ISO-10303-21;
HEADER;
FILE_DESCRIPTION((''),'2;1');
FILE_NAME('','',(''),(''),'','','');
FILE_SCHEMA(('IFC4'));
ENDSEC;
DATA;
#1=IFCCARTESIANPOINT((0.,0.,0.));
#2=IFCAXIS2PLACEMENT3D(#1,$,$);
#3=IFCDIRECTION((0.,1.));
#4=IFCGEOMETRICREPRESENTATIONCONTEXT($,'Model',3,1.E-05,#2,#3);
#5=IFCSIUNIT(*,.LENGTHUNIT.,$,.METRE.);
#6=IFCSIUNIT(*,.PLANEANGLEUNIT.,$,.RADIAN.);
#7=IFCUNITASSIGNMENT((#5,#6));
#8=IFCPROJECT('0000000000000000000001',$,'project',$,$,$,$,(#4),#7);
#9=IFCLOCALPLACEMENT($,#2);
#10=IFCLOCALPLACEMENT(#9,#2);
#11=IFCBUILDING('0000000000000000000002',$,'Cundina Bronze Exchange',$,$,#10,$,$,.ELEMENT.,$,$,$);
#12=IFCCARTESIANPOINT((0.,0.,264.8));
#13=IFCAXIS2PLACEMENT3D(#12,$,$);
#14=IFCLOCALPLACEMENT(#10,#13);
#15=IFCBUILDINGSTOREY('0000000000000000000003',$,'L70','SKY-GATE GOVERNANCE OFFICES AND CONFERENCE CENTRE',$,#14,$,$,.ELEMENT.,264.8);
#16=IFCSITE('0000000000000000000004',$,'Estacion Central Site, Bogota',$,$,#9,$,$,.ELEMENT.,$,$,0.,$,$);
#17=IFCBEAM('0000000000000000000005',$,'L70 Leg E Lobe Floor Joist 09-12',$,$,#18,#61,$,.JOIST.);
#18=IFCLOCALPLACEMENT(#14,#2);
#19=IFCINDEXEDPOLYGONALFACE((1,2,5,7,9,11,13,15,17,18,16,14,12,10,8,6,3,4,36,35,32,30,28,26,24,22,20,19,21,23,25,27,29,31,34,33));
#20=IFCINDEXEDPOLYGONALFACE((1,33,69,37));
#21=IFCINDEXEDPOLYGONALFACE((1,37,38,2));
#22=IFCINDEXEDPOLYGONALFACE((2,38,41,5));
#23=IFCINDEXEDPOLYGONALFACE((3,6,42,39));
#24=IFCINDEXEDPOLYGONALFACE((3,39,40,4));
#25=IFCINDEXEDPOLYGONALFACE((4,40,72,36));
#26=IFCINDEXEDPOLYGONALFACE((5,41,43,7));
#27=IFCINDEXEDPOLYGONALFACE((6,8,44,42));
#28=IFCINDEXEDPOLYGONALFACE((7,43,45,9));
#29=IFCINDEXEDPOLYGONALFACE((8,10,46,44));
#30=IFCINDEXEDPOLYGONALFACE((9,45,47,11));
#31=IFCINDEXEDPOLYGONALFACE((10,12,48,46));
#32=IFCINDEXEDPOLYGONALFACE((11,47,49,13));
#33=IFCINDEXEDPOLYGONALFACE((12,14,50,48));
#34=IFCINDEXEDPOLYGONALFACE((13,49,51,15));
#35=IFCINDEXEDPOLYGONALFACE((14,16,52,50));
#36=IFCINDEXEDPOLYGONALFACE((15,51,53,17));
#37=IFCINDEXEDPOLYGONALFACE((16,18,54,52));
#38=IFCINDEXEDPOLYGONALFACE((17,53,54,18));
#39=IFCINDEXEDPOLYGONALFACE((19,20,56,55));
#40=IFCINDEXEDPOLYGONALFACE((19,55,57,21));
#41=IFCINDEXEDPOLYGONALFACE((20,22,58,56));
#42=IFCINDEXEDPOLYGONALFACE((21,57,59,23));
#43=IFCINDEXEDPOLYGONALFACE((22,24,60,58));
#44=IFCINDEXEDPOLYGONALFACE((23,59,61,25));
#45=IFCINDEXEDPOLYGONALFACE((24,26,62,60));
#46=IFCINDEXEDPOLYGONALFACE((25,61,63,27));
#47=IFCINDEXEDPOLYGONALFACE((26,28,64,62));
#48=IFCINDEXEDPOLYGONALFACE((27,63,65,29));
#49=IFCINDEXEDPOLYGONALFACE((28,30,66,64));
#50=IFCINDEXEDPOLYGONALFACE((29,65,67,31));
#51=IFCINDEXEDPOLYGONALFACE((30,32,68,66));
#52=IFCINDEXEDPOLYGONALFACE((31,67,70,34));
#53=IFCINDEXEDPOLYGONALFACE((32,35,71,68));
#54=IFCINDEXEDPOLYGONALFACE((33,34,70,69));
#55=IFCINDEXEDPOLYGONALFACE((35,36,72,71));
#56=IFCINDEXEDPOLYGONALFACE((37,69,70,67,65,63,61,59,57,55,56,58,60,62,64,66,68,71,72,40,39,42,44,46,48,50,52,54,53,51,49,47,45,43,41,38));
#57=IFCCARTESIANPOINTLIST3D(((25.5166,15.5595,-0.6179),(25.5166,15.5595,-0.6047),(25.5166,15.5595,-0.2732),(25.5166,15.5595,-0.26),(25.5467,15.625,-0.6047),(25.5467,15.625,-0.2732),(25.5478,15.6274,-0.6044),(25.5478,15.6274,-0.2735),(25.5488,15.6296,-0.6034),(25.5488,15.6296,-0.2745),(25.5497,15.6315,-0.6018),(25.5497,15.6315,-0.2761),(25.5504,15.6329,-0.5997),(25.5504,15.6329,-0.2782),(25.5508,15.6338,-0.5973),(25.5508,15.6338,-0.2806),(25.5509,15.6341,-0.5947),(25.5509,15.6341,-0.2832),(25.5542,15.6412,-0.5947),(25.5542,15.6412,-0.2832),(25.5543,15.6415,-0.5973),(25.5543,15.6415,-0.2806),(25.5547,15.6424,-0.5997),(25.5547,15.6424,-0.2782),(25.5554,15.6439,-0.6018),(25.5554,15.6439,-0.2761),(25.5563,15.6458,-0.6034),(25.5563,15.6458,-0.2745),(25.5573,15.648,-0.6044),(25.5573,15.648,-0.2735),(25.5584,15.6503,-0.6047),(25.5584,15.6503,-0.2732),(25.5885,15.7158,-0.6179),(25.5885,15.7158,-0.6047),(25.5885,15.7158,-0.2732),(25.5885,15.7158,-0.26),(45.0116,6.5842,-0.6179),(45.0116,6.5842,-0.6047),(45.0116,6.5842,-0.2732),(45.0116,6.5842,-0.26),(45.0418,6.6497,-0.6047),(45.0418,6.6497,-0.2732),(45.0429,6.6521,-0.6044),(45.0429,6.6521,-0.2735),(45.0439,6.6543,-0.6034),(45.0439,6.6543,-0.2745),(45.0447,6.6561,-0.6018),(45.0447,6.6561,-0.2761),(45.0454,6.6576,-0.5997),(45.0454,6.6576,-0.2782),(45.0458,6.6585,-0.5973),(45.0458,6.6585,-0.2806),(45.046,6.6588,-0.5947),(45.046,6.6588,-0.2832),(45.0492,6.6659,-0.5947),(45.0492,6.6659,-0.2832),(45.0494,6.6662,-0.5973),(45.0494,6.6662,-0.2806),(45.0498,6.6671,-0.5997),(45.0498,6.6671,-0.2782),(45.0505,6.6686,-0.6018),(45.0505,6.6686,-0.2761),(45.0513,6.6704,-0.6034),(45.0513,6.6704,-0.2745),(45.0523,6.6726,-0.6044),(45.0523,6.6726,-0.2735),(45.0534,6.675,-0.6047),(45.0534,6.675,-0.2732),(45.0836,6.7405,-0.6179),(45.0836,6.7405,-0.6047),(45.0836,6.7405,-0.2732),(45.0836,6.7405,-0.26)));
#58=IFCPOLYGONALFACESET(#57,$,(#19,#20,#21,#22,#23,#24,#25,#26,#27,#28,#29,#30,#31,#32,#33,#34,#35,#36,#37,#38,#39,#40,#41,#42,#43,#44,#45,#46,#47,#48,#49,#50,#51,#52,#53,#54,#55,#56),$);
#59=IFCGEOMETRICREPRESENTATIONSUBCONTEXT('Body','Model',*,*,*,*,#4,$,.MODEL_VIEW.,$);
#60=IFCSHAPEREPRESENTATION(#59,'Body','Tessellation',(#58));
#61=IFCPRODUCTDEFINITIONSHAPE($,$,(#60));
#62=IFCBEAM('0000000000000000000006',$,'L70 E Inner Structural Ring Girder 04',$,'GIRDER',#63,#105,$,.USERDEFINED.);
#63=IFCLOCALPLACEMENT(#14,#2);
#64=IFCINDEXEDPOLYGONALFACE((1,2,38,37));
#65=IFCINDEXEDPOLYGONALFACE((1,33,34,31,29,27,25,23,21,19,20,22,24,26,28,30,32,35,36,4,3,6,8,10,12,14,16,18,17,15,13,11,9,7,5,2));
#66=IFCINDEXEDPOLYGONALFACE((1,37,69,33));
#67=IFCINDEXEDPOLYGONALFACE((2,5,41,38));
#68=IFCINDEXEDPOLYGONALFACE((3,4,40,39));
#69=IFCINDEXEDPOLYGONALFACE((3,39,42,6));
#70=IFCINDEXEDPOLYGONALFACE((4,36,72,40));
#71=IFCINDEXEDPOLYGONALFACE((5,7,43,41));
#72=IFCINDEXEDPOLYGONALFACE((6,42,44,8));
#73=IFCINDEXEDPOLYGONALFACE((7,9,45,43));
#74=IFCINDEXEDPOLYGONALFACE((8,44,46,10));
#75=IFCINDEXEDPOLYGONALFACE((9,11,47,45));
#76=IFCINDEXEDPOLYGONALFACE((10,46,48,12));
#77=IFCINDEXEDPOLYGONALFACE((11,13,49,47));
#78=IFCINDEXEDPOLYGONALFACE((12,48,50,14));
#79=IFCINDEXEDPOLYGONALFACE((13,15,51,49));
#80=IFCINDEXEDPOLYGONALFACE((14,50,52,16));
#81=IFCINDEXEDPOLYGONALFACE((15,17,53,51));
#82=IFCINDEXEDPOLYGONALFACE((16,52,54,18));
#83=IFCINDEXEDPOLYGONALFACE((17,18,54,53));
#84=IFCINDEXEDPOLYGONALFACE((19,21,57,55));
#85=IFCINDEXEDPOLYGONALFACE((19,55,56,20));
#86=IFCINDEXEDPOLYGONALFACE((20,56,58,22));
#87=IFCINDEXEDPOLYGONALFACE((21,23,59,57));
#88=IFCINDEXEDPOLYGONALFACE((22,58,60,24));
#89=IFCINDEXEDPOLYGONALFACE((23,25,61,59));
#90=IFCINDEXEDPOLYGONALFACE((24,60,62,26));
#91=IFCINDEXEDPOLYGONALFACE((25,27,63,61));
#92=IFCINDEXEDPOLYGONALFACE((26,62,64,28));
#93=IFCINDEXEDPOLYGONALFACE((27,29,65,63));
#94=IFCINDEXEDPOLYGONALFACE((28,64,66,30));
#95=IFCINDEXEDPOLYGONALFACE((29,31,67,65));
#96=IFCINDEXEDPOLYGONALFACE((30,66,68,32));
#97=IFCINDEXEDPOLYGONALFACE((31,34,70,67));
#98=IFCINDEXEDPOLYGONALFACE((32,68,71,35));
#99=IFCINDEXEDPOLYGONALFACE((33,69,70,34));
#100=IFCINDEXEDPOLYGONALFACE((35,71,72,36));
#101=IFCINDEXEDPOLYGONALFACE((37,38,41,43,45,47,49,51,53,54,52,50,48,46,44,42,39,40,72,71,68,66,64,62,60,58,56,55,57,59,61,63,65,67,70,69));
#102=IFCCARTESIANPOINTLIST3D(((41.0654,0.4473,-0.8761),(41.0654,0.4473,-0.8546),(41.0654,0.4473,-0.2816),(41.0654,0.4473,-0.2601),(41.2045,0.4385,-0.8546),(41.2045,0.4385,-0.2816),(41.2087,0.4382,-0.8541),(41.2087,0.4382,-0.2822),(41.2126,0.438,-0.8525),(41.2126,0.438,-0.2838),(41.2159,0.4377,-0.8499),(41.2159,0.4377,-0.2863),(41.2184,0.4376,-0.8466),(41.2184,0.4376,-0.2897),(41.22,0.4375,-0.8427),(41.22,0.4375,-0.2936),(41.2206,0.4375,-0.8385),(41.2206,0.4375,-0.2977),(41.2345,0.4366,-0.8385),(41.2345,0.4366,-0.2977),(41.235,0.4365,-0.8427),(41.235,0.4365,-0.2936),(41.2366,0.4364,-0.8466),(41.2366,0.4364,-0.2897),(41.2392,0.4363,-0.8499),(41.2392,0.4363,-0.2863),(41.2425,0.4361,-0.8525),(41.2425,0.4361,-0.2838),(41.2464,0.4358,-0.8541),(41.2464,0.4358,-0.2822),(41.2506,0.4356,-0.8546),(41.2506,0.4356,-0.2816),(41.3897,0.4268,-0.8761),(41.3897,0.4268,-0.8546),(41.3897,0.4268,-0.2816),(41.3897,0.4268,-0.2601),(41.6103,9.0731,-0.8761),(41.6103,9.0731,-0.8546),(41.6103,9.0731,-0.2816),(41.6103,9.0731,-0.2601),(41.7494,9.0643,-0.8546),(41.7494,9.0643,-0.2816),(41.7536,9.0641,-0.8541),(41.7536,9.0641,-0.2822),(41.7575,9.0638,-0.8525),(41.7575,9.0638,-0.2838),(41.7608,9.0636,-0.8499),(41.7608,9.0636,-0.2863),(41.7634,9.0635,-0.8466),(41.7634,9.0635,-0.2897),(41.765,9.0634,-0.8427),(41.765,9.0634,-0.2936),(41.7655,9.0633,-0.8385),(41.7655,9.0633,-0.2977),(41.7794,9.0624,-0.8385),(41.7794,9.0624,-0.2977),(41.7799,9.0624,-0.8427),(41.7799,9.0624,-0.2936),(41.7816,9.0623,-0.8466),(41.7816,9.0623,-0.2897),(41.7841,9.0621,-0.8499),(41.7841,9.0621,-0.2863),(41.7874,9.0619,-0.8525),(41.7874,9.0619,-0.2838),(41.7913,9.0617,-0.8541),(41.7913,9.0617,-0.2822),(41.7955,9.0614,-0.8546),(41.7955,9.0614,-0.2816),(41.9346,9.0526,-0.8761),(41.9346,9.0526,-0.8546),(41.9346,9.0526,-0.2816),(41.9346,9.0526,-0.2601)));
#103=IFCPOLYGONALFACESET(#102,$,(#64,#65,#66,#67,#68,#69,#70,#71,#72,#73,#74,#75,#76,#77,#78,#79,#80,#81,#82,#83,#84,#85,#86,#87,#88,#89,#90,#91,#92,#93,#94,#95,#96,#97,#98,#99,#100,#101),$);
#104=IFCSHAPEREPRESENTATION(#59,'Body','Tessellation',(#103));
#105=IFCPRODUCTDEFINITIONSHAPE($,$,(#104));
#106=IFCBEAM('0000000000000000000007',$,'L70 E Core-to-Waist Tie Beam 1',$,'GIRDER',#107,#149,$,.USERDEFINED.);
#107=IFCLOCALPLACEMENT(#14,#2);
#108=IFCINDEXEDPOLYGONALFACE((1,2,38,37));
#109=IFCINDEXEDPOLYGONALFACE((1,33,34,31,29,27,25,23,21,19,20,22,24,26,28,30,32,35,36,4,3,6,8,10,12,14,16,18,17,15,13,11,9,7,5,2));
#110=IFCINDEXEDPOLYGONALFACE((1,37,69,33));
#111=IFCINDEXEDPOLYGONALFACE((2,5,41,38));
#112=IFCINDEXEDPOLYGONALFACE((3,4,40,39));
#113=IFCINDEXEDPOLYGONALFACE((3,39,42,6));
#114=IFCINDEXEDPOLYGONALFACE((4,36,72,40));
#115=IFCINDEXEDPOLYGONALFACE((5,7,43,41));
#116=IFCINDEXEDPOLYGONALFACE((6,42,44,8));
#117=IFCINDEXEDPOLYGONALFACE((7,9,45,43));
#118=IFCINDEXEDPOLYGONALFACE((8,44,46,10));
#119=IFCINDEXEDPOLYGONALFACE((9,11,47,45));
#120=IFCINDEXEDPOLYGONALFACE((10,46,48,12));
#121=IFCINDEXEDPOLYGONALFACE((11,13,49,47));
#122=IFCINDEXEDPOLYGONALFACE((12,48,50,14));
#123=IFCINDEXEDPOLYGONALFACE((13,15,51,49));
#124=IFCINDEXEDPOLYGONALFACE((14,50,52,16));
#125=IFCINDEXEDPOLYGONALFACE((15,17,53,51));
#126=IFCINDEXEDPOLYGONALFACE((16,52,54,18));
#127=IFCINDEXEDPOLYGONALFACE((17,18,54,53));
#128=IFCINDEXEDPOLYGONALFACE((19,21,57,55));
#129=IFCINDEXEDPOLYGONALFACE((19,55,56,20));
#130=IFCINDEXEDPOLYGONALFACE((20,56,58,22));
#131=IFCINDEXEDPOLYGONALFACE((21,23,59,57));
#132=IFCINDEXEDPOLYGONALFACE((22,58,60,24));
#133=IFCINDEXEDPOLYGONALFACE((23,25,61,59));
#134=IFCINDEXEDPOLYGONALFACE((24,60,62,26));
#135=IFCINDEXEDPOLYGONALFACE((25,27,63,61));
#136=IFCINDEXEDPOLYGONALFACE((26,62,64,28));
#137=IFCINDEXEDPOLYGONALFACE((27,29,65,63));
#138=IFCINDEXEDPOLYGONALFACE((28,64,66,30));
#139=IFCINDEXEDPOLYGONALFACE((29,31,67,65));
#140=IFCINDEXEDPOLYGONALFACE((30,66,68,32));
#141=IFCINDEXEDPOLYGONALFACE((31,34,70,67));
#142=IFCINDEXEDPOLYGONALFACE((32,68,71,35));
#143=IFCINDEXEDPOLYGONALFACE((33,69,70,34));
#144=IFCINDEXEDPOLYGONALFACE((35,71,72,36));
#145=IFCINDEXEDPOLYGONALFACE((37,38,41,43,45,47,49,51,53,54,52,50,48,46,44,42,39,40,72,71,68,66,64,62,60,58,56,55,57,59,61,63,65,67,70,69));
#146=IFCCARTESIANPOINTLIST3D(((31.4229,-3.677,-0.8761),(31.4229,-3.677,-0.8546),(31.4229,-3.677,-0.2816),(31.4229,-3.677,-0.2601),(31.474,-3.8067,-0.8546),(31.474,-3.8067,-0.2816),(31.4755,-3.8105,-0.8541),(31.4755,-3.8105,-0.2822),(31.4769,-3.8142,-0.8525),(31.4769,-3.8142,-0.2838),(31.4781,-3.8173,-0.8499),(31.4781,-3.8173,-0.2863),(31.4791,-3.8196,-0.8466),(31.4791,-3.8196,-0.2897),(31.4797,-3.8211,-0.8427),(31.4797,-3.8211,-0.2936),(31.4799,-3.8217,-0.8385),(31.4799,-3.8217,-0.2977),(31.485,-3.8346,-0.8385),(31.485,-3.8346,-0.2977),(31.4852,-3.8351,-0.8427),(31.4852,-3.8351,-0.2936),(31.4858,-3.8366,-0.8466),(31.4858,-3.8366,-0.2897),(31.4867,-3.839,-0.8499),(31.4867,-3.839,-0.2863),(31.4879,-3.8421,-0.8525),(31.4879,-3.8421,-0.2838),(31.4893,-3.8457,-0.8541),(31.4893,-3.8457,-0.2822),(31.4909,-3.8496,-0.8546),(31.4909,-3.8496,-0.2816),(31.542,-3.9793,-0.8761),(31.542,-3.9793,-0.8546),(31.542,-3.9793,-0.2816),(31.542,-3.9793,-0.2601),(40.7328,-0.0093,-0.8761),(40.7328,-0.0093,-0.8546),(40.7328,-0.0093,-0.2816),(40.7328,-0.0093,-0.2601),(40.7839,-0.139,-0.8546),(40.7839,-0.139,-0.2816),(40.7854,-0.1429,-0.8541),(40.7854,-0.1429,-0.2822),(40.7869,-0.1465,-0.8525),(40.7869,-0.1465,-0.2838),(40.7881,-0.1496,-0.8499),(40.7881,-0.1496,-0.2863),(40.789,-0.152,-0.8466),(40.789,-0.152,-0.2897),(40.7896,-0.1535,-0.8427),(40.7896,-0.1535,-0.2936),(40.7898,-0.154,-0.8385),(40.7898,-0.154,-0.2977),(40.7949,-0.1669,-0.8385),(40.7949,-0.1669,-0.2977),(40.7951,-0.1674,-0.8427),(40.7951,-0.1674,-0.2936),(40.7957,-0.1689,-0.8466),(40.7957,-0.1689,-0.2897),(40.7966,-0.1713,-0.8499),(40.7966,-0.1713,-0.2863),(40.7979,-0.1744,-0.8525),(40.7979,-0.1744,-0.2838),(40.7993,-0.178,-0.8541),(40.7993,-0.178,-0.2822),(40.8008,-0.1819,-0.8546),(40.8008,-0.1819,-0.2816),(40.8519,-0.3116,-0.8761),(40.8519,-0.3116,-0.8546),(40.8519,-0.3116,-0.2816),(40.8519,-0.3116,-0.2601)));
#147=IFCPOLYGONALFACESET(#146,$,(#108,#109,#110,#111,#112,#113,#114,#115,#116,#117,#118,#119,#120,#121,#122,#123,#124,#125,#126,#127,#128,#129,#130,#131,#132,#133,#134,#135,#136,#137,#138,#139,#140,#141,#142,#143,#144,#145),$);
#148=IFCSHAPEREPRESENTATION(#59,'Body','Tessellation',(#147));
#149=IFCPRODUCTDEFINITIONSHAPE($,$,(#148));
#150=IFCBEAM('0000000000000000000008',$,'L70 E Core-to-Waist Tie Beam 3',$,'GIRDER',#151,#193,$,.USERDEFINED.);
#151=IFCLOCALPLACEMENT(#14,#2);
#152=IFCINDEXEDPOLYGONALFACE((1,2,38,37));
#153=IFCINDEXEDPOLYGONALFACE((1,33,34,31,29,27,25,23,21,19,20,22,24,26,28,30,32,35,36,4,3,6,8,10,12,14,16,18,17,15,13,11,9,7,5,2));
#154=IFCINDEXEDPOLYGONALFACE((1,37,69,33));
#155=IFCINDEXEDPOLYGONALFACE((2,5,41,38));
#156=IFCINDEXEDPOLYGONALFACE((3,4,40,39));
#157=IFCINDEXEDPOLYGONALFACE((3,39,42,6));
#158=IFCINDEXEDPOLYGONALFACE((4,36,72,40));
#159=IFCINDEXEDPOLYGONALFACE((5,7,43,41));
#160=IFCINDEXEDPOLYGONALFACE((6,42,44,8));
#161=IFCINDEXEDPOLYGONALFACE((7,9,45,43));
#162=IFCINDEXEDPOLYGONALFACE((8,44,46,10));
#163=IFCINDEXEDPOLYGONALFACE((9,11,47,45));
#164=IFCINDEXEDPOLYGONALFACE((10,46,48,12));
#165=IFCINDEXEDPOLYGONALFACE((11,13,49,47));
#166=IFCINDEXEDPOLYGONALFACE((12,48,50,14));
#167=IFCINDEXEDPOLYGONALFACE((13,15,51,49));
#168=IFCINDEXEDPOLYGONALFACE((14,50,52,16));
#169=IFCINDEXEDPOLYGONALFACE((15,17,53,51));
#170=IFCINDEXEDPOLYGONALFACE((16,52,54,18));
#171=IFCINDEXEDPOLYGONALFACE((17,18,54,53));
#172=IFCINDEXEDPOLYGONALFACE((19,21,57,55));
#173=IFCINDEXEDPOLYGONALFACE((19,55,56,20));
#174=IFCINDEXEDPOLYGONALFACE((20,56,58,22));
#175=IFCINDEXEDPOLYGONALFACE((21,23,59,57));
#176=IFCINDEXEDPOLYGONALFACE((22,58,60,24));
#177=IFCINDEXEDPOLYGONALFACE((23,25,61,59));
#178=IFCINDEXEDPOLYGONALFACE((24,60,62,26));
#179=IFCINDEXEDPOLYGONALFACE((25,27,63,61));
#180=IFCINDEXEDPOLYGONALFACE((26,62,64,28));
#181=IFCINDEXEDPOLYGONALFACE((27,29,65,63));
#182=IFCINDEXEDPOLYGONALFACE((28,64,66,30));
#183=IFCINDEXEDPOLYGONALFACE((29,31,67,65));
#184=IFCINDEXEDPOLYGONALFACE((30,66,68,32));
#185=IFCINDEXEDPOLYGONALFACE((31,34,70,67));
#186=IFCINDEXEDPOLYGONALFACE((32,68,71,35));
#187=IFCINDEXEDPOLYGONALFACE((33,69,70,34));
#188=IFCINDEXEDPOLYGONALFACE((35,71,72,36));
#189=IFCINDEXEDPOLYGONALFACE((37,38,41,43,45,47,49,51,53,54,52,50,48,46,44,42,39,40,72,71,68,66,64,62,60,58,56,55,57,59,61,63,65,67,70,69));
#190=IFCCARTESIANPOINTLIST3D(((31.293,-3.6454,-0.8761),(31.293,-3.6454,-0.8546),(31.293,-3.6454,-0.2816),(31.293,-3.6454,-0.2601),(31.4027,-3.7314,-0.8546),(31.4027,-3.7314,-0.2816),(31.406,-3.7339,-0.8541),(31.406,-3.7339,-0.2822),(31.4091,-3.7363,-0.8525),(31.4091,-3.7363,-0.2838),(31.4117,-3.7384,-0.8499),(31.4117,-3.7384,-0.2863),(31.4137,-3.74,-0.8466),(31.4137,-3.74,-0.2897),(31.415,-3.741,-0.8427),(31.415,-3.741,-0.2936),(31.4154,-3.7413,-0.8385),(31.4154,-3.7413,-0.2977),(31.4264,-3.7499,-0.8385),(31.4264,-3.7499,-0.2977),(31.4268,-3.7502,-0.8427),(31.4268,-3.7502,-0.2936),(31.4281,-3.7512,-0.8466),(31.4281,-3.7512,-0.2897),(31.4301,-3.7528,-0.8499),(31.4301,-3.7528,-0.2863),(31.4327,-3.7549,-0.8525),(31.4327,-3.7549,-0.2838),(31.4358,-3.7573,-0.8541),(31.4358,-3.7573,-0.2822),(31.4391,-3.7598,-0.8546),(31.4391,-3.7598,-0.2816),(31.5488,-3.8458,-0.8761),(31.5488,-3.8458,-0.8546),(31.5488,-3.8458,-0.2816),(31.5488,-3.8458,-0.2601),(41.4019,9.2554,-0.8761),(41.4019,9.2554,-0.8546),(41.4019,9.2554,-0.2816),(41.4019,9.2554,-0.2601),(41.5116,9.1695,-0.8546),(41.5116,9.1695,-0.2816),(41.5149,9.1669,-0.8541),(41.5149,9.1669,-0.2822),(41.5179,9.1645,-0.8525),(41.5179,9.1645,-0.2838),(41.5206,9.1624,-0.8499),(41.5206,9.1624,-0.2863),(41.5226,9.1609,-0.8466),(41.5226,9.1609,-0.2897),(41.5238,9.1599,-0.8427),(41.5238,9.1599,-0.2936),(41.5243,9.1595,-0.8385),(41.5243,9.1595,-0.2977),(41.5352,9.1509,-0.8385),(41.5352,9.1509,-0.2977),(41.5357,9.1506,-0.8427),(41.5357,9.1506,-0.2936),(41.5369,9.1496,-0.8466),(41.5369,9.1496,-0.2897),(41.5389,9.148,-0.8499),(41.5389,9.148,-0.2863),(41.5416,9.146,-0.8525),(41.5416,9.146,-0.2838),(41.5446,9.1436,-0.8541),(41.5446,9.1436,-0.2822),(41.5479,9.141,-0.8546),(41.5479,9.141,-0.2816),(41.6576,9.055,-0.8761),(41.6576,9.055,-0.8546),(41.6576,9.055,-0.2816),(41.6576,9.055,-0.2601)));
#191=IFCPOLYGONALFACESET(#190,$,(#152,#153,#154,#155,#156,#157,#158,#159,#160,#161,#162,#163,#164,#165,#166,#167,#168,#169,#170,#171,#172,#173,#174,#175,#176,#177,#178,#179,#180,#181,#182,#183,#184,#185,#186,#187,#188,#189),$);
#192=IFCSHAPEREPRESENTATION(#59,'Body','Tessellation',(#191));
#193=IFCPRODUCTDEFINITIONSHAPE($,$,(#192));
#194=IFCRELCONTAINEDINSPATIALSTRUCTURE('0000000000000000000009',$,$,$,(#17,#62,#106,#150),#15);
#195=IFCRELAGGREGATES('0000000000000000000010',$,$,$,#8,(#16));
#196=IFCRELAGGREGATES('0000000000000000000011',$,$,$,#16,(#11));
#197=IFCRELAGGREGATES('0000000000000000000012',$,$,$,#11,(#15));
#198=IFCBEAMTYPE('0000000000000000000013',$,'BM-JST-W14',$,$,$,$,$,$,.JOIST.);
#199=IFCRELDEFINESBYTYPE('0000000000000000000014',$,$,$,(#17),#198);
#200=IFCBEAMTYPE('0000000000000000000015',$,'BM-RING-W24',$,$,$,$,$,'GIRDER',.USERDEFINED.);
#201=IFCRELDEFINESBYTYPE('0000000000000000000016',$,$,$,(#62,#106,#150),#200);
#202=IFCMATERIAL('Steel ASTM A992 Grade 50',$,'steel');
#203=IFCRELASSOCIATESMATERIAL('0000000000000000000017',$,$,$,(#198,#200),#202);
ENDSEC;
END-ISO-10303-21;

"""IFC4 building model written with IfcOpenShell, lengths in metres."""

from ifc_helpers import new_model, si_unit, direction, frame, origin, origin_2d, place, context, subcontext, project, spatial, i_section, extrude, material, material_profile, profile_set, type_object, element, save


model = new_model("IFC4")

# Units and contexts
model_context = context("Model", 3, precision=1e-05, world=origin(), true_north=direction((0.0, 1.0)))
body_context = subcontext(model_context, "Body", "Model", "MODEL_VIEW")
ifc_project = project(units=[si_unit("LENGTHUNIT", "METRE"), si_unit("PLANEANGLEUNIT", "RADIAN")], contexts=[model_context])

# Site, building, storey
site_placement = place(None, origin())
site = spatial("IfcSite", under=ifc_project, at=site_placement, Name="Estacion Central Site, Bogota", CompositionType="ELEMENT", RefElevation=0.0)
building_placement = place(site_placement, origin())
building = spatial("IfcBuilding", under=site, at=building_placement, Name="Cundina Bronze Exchange", CompositionType="ELEMENT")
storey_placement = place(building_placement, frame((0.0, 0.0, 264.8)))
storey = spatial("IfcBuildingStorey", under=building, at=storey_placement, Name="L70", Description="SKY-GATE GOVERNANCE OFFICES AND CONFERENCE CENTRE", CompositionType="ELEMENT", Elevation=264.8)

# Shared definitions
ifc_material_1 = material(Name="Steel ASTM A992 Grade 50", Category="steel")

# Beams
ifc_material_profile_1 = material_profile(ifc_material_1, i_section(OverallWidth=0.1721, OverallDepth=0.3579, WebThickness=0.0078, FlangeThickness=0.0132, FilletRadius=0.01, at=origin_2d()), Name="W14X38", Category="steel")
ifc_profile_set_1 = profile_set([ifc_material_profile_1], Name="Steel ASTM A992 Grade 50")
beam_type_1 = type_object("IfcBeamType", Name="BM-JST-W14", PredefinedType="JOIST", material=ifc_profile_set_1)
beam_1_placement = place(storey_placement, frame((45.0476, 6.6624, -0.439), z_axis=(-0.908356, 0.418197, 0.0), x_axis=(-0.418197, -0.908356, 0.0)))
element("IfcBeam", 1, at=beam_1_placement, inside=storey, type_object=beam_type_1, Name="L70 Leg E Lobe Floor Joist 09-12", PredefinedType="JOIST", context=body_context, shape_type="SweptSolid", body=[
    extrude(i_section(OverallWidth=0.1721, OverallDepth=0.3579, WebThickness=0.0078, FlangeThickness=0.0132, FilletRadius=0.01, at=origin_2d()), origin(), (0.0, 0.0, 1.0), 21.4619),
])
ifc_material_profile_2 = material_profile(ifc_material_1, i_section(OverallWidth=0.325, OverallDepth=0.616, WebThickness=0.0139, FlangeThickness=0.0215, FilletRadius=0.0161, at=origin_2d()), Name="W24X117", Category="steel")
ifc_profile_set_2 = profile_set([ifc_material_profile_2], Name="Steel ASTM A992 Grade 50")
beam_type_2 = type_object("IfcBeamType", Name="BM-RING-W24", ElementType="GIRDER", PredefinedType="USERDEFINED", material=ifc_profile_set_2)
beam_2_placement = place(storey_placement, frame((41.2275, 0.437, -0.5681), z_axis=(0.063047, 0.998011, 0.0), x_axis=(-0.998011, 0.063047, 0.0)))
element("IfcBeam", 2, at=beam_2_placement, inside=storey, type_object=beam_type_2, Name="L70 E Inner Structural Ring Girder 04", ObjectType="GIRDER", PredefinedType="USERDEFINED", context=body_context, shape_type="SweptSolid", body=[
    extrude(i_section(OverallWidth=0.325, OverallDepth=0.616, WebThickness=0.0139, FlangeThickness=0.0215, FilletRadius=0.0161, at=origin_2d()), origin(), (0.0, 0.0, 1.0), 8.6431),
])
beam_3_placement = place(storey_placement, frame((31.4824, -3.8281, -0.5681), z_axis=(0.930404, 0.366535, 0.0), x_axis=(-0.366535, 0.930404, 0.0)))
element("IfcBeam", 3, at=beam_3_placement, inside=storey, type_object=beam_type_2, Name="L70 E Core-to-Waist Tie Beam 1", ObjectType="GIRDER", PredefinedType="USERDEFINED", context=body_context, shape_type="SweptSolid", body=[
    extrude(i_section(OverallWidth=0.325, OverallDepth=0.616, WebThickness=0.0139, FlangeThickness=0.0215, FilletRadius=0.0161, at=origin_2d()), origin(), (0.0, 0.0, 1.0), 10.0063),
])
beam_4_placement = place(storey_placement, frame((31.4209, -3.7456, -0.5681), z_axis=(0.616783, 0.787133, 0.0), x_axis=(-0.787133, 0.616783, 0.0)))
element("IfcBeam", 4, at=beam_4_placement, inside=storey, type_object=beam_type_2, Name="L70 E Core-to-Waist Tie Beam 3", ObjectType="GIRDER", PredefinedType="USERDEFINED", context=body_context, shape_type="SweptSolid", body=[
    extrude(i_section(OverallWidth=0.325, OverallDepth=0.616, WebThickness=0.0139, FlangeThickness=0.0215, FilletRadius=0.0161, at=origin_2d()), origin(), (0.0, 0.0, 1.0), 16.3896),
])

save(model, "model.ifc")
